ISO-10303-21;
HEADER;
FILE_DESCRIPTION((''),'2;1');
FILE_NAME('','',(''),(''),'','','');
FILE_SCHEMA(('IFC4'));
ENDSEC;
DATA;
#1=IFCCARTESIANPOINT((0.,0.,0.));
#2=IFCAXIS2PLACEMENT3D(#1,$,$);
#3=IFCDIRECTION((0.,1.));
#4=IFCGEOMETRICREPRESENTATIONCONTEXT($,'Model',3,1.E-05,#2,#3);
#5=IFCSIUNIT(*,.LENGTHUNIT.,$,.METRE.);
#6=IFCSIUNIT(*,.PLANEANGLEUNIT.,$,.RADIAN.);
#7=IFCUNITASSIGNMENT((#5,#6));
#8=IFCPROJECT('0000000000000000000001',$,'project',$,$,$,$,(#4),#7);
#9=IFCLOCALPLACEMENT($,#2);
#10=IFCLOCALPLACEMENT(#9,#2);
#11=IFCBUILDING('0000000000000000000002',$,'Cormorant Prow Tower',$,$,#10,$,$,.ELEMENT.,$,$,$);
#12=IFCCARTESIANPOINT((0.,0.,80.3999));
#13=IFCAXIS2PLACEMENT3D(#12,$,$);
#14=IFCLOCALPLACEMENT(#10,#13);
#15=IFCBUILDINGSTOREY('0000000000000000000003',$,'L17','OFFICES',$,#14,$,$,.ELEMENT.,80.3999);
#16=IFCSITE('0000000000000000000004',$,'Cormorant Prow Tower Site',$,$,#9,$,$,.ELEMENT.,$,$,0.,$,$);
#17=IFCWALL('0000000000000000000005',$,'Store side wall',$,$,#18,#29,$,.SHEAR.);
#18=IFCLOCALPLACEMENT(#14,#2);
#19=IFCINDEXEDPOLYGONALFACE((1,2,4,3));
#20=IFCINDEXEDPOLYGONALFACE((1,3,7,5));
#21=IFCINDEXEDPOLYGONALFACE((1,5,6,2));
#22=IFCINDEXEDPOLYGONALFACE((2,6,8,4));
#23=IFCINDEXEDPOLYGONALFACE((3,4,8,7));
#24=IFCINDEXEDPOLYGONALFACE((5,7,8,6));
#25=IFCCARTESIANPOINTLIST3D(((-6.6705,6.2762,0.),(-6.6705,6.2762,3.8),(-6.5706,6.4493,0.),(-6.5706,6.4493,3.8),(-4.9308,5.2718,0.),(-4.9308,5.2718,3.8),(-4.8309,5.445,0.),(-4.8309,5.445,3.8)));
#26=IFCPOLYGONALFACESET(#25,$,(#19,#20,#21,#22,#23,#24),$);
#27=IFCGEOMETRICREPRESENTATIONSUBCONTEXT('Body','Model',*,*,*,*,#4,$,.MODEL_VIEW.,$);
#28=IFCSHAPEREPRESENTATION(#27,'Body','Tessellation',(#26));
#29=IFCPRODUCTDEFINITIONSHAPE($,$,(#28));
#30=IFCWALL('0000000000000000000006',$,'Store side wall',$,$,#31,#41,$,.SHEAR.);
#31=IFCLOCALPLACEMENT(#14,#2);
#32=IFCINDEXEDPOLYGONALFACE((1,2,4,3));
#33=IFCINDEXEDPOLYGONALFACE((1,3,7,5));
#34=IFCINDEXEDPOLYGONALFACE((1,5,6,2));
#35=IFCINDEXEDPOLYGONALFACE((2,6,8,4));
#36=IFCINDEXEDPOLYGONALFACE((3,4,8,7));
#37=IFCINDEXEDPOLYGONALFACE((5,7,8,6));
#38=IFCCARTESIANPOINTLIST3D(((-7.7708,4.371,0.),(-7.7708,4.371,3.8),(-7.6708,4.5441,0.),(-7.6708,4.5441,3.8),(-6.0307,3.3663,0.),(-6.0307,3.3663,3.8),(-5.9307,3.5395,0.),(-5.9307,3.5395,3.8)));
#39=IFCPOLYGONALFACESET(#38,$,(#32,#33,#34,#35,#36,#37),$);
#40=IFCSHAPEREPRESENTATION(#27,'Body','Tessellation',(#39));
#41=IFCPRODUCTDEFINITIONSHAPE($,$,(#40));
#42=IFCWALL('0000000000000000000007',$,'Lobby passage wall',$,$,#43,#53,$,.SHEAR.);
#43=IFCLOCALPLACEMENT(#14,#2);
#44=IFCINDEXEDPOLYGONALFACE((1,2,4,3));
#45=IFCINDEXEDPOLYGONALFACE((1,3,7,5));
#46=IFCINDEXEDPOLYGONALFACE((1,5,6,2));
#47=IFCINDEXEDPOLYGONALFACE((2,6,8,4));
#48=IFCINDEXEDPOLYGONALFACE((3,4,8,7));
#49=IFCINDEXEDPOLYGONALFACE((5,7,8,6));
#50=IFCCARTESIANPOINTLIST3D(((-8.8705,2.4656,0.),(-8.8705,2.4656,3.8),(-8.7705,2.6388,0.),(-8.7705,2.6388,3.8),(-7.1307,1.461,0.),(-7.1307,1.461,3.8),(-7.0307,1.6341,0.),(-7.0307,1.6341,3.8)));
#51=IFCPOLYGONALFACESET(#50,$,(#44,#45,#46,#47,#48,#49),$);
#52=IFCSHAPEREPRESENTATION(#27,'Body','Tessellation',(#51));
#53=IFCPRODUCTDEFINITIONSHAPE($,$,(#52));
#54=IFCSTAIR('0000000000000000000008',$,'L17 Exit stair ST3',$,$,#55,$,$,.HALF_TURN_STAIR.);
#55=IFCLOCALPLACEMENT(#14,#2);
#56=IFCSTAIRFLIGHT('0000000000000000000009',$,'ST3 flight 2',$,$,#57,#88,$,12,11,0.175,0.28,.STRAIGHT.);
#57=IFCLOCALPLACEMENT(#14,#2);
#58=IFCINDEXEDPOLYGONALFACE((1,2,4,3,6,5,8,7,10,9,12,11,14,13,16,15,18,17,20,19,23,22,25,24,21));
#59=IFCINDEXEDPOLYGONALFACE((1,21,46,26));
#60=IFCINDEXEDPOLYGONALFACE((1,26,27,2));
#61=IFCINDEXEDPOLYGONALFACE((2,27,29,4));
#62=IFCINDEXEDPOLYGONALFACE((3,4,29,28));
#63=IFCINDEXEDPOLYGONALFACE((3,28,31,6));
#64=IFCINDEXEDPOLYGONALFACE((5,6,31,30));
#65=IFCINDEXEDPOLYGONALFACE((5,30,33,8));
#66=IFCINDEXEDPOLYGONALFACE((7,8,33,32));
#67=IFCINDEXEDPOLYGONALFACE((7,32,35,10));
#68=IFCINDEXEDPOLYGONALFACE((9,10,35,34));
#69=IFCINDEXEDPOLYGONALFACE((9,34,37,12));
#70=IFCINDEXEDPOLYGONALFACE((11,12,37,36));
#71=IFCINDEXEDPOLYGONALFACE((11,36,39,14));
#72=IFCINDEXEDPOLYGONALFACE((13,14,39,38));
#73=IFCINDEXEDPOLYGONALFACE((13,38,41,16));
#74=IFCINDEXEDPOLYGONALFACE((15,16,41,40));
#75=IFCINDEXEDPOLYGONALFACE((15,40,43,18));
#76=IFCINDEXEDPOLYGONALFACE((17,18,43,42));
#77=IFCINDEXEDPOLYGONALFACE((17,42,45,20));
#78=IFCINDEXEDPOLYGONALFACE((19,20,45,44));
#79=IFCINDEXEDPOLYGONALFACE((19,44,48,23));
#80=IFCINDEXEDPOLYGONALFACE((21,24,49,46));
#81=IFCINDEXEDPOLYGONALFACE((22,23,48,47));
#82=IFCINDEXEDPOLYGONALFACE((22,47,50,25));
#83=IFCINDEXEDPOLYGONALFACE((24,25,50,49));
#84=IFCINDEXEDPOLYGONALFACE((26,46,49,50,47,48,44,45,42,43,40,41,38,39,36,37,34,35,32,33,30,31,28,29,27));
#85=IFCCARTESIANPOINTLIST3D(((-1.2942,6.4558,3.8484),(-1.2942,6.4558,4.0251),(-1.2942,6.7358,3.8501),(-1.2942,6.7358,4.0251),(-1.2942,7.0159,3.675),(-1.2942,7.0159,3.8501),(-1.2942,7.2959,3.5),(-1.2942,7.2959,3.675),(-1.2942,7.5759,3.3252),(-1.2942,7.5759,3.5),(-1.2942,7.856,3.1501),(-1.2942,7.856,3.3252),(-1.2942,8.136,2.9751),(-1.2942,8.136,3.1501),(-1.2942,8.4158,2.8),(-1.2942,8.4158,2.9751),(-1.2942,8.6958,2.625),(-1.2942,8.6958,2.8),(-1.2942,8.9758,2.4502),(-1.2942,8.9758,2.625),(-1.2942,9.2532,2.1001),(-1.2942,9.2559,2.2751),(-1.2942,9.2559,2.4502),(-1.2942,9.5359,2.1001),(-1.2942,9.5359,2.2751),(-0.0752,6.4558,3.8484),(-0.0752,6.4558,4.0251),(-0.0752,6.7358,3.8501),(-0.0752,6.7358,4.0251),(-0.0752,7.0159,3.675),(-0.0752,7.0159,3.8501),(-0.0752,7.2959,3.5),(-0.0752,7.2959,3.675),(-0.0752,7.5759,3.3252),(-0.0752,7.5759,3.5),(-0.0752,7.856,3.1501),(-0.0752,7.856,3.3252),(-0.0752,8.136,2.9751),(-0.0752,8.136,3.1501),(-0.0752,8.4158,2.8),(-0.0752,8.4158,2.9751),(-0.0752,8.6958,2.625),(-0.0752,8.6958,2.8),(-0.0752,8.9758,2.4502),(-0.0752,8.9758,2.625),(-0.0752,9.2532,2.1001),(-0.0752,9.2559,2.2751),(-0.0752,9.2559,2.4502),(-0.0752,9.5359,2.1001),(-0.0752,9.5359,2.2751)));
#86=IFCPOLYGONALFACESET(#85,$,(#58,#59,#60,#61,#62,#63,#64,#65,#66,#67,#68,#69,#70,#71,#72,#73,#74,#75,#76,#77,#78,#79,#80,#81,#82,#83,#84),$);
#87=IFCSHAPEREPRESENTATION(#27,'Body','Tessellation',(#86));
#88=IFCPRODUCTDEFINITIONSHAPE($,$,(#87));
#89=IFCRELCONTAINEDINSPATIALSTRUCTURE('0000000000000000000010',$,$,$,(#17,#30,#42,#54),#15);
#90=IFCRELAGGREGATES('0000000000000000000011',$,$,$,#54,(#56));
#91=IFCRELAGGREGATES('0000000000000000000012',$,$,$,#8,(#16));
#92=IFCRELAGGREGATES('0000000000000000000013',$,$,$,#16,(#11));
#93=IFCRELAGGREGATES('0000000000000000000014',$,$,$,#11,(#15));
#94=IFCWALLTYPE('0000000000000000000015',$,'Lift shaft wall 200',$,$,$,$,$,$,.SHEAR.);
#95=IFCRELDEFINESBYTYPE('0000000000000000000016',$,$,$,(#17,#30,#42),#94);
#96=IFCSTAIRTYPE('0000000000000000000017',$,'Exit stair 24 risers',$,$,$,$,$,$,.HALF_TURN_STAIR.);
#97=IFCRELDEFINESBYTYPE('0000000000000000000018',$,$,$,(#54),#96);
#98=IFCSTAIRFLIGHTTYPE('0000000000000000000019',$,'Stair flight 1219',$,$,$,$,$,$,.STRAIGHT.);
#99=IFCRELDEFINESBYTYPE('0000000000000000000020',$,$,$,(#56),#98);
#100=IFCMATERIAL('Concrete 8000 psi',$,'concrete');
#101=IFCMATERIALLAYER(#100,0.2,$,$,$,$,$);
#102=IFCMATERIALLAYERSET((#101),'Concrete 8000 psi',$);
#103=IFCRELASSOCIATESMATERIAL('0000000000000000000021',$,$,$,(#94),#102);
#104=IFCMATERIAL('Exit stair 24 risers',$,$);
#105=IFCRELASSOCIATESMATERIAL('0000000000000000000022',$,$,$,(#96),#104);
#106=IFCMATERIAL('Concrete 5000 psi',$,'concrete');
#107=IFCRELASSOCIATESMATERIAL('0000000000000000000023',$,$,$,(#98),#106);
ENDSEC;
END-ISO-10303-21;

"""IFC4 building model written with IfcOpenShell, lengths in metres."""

from ifc_helpers import new_model, si_unit, direction, frame, frame_2d, origin, place, context, subcontext, project, spatial, polyline, rectangle, outline, extrude, material, layer, layer_set, type_object, element, aggregate, save


model = new_model("IFC4")

# Units and contexts
model_context = context("Model", 3, precision=1e-05, world=origin(), true_north=direction((0.0, 1.0)))
body_context = subcontext(model_context, "Body", "Model", "MODEL_VIEW")
ifc_project = project(units=[si_unit("LENGTHUNIT", "METRE"), si_unit("PLANEANGLEUNIT", "RADIAN")], contexts=[model_context])

# Site, building, storey
site_placement = place(None, origin())
site = spatial("IfcSite", under=ifc_project, at=site_placement, Name="Cormorant Prow Tower Site", CompositionType="ELEMENT", RefElevation=0.0)
building_placement = place(site_placement, origin())
building = spatial("IfcBuilding", under=site, at=building_placement, Name="Cormorant Prow Tower", CompositionType="ELEMENT")
storey_placement = place(building_placement, frame((0.0, 0.0, 80.3999)))
storey = spatial("IfcBuildingStorey", under=building, at=storey_placement, Name="L17", Description="OFFICES", CompositionType="ELEMENT", Elevation=80.3999)

# Walls
ifc_material_1 = material(Name="Concrete 8000 psi", Category="concrete")
ifc_layer_1 = layer(ifc_material_1, 0.2)
ifc_layer_set_1 = layer_set([ifc_layer_1], Name="Concrete 8000 psi")
wall_type_1 = type_object("IfcWallType", Name="Lift shaft wall 200", PredefinedType="SHEAR", material=ifc_layer_set_1)
wall_1_placement = place(storey_placement, frame((-4.8809, 5.3584, 0.0), z_axis=(0.0, 0.0, 1.0), x_axis=(-0.866036, 0.499982, 0.0)))
element("IfcWall", 1, at=wall_1_placement, inside=storey, type_object=wall_type_1, Name="Store side wall", PredefinedType="SHEAR", context=body_context, shape_type="SweptSolid", body=[
    extrude(rectangle(XDim=2.0088, YDim=0.2, at=frame_2d((1.0044, 0.0))), origin(), (0.0, 0.0, 1.0), 3.8),
])
wall_2_placement = place(storey_placement, frame((-5.9807, 3.4529, 0.0), z_axis=(0.0, 0.0, 1.0), x_axis=(-0.866014, 0.50002, 0.0)))
element("IfcWall", 2, at=wall_2_placement, inside=storey, type_object=wall_type_1, Name="Store side wall", PredefinedType="SHEAR", context=body_context, shape_type="SweptSolid", body=[
    extrude(rectangle(XDim=2.0093, YDim=0.2, at=frame_2d((1.0046, 0.0))), origin(), (0.0, 0.0, 1.0), 3.8),
])
wall_3_placement = place(storey_placement, frame((-7.0808, 1.5476, 0.0), z_axis=(0.0, 0.0, 1.0), x_axis=(-0.865983, 0.500073, 0.0)))
element("IfcWall", 3, at=wall_3_placement, inside=storey, type_object=wall_type_1, Name="Lobby passage wall", PredefinedType="SHEAR", context=body_context, shape_type="SweptSolid", body=[
    extrude(rectangle(XDim=2.009, YDim=0.2, at=frame_2d((1.0044, 0.0))), origin(), (0.0, 0.0, 1.0), 3.8),
])

# Stair, stair flight
ifc_material_2 = material(Name="Exit stair 24 risers")
stair_type = type_object("IfcStairType", Name="Exit stair 24 risers", PredefinedType="HALF_TURN_STAIR", material=ifc_material_2)
stair_placement = place(storey_placement, origin())
stair = element("IfcStair", 4, at=stair_placement, inside=storey, type_object=stair_type, Name="L17 Exit stair ST3", PredefinedType="HALF_TURN_STAIR")
ifc_material_3 = material(Name="Concrete 5000 psi", Category="concrete")
stair_flight_type = type_object("IfcStairFlightType", Name="Stair flight 1219", PredefinedType="STRAIGHT", material=ifc_material_3)
stair_flight_placement = place(storey_placement, frame((-0.6846, 9.5359, 2.1001), z_axis=(0.0, 0.0, 1.0), x_axis=(0.0, -1.0, 0.0)))
stair_flight = element("IfcStairFlight", 5, at=stair_flight_placement, type_object=stair_flight_type, Name="ST3 flight 2", NumberOfRisers=12, NumberOfTreads=11, PredefinedType="STRAIGHT", RiserHeight=0.175, TreadLength=0.28, context=body_context, shape_type="SweptSolid", body=[
    extrude(outline(polyline([(0.0, 0.0), (0.0, 0.175), (0.28, 0.175), (0.28, 0.3501), (0.5601, 0.3501), (0.5601, 0.5249), (0.8401, 0.5249), (0.8401, 0.7), (1.1201, 0.7), (1.1201, 0.875), (1.3999, 0.875), (1.3999, 1.05), (1.6799, 1.05), (1.6799, 1.2251), (1.96, 1.2251), (1.96, 1.3999), (2.24, 1.3999), (2.24, 1.575), (2.52, 1.575), (2.52, 1.75), (2.8, 1.75), (2.8, 1.925), (3.0801, 1.925), (3.0801, 2.1001), (3.0801, 1.7483), (0.2827, 0.0), (0.0, 0.0)])), frame((0.0, 0.6094, 0.0), z_axis=(0.0, -1.0, 0.0), x_axis=(1.0, 0.0, 0.0)), (0.0, 0.0, 1.0), 1.219),
])
aggregate(stair, [stair_flight])

save(model, "model.ifc")
